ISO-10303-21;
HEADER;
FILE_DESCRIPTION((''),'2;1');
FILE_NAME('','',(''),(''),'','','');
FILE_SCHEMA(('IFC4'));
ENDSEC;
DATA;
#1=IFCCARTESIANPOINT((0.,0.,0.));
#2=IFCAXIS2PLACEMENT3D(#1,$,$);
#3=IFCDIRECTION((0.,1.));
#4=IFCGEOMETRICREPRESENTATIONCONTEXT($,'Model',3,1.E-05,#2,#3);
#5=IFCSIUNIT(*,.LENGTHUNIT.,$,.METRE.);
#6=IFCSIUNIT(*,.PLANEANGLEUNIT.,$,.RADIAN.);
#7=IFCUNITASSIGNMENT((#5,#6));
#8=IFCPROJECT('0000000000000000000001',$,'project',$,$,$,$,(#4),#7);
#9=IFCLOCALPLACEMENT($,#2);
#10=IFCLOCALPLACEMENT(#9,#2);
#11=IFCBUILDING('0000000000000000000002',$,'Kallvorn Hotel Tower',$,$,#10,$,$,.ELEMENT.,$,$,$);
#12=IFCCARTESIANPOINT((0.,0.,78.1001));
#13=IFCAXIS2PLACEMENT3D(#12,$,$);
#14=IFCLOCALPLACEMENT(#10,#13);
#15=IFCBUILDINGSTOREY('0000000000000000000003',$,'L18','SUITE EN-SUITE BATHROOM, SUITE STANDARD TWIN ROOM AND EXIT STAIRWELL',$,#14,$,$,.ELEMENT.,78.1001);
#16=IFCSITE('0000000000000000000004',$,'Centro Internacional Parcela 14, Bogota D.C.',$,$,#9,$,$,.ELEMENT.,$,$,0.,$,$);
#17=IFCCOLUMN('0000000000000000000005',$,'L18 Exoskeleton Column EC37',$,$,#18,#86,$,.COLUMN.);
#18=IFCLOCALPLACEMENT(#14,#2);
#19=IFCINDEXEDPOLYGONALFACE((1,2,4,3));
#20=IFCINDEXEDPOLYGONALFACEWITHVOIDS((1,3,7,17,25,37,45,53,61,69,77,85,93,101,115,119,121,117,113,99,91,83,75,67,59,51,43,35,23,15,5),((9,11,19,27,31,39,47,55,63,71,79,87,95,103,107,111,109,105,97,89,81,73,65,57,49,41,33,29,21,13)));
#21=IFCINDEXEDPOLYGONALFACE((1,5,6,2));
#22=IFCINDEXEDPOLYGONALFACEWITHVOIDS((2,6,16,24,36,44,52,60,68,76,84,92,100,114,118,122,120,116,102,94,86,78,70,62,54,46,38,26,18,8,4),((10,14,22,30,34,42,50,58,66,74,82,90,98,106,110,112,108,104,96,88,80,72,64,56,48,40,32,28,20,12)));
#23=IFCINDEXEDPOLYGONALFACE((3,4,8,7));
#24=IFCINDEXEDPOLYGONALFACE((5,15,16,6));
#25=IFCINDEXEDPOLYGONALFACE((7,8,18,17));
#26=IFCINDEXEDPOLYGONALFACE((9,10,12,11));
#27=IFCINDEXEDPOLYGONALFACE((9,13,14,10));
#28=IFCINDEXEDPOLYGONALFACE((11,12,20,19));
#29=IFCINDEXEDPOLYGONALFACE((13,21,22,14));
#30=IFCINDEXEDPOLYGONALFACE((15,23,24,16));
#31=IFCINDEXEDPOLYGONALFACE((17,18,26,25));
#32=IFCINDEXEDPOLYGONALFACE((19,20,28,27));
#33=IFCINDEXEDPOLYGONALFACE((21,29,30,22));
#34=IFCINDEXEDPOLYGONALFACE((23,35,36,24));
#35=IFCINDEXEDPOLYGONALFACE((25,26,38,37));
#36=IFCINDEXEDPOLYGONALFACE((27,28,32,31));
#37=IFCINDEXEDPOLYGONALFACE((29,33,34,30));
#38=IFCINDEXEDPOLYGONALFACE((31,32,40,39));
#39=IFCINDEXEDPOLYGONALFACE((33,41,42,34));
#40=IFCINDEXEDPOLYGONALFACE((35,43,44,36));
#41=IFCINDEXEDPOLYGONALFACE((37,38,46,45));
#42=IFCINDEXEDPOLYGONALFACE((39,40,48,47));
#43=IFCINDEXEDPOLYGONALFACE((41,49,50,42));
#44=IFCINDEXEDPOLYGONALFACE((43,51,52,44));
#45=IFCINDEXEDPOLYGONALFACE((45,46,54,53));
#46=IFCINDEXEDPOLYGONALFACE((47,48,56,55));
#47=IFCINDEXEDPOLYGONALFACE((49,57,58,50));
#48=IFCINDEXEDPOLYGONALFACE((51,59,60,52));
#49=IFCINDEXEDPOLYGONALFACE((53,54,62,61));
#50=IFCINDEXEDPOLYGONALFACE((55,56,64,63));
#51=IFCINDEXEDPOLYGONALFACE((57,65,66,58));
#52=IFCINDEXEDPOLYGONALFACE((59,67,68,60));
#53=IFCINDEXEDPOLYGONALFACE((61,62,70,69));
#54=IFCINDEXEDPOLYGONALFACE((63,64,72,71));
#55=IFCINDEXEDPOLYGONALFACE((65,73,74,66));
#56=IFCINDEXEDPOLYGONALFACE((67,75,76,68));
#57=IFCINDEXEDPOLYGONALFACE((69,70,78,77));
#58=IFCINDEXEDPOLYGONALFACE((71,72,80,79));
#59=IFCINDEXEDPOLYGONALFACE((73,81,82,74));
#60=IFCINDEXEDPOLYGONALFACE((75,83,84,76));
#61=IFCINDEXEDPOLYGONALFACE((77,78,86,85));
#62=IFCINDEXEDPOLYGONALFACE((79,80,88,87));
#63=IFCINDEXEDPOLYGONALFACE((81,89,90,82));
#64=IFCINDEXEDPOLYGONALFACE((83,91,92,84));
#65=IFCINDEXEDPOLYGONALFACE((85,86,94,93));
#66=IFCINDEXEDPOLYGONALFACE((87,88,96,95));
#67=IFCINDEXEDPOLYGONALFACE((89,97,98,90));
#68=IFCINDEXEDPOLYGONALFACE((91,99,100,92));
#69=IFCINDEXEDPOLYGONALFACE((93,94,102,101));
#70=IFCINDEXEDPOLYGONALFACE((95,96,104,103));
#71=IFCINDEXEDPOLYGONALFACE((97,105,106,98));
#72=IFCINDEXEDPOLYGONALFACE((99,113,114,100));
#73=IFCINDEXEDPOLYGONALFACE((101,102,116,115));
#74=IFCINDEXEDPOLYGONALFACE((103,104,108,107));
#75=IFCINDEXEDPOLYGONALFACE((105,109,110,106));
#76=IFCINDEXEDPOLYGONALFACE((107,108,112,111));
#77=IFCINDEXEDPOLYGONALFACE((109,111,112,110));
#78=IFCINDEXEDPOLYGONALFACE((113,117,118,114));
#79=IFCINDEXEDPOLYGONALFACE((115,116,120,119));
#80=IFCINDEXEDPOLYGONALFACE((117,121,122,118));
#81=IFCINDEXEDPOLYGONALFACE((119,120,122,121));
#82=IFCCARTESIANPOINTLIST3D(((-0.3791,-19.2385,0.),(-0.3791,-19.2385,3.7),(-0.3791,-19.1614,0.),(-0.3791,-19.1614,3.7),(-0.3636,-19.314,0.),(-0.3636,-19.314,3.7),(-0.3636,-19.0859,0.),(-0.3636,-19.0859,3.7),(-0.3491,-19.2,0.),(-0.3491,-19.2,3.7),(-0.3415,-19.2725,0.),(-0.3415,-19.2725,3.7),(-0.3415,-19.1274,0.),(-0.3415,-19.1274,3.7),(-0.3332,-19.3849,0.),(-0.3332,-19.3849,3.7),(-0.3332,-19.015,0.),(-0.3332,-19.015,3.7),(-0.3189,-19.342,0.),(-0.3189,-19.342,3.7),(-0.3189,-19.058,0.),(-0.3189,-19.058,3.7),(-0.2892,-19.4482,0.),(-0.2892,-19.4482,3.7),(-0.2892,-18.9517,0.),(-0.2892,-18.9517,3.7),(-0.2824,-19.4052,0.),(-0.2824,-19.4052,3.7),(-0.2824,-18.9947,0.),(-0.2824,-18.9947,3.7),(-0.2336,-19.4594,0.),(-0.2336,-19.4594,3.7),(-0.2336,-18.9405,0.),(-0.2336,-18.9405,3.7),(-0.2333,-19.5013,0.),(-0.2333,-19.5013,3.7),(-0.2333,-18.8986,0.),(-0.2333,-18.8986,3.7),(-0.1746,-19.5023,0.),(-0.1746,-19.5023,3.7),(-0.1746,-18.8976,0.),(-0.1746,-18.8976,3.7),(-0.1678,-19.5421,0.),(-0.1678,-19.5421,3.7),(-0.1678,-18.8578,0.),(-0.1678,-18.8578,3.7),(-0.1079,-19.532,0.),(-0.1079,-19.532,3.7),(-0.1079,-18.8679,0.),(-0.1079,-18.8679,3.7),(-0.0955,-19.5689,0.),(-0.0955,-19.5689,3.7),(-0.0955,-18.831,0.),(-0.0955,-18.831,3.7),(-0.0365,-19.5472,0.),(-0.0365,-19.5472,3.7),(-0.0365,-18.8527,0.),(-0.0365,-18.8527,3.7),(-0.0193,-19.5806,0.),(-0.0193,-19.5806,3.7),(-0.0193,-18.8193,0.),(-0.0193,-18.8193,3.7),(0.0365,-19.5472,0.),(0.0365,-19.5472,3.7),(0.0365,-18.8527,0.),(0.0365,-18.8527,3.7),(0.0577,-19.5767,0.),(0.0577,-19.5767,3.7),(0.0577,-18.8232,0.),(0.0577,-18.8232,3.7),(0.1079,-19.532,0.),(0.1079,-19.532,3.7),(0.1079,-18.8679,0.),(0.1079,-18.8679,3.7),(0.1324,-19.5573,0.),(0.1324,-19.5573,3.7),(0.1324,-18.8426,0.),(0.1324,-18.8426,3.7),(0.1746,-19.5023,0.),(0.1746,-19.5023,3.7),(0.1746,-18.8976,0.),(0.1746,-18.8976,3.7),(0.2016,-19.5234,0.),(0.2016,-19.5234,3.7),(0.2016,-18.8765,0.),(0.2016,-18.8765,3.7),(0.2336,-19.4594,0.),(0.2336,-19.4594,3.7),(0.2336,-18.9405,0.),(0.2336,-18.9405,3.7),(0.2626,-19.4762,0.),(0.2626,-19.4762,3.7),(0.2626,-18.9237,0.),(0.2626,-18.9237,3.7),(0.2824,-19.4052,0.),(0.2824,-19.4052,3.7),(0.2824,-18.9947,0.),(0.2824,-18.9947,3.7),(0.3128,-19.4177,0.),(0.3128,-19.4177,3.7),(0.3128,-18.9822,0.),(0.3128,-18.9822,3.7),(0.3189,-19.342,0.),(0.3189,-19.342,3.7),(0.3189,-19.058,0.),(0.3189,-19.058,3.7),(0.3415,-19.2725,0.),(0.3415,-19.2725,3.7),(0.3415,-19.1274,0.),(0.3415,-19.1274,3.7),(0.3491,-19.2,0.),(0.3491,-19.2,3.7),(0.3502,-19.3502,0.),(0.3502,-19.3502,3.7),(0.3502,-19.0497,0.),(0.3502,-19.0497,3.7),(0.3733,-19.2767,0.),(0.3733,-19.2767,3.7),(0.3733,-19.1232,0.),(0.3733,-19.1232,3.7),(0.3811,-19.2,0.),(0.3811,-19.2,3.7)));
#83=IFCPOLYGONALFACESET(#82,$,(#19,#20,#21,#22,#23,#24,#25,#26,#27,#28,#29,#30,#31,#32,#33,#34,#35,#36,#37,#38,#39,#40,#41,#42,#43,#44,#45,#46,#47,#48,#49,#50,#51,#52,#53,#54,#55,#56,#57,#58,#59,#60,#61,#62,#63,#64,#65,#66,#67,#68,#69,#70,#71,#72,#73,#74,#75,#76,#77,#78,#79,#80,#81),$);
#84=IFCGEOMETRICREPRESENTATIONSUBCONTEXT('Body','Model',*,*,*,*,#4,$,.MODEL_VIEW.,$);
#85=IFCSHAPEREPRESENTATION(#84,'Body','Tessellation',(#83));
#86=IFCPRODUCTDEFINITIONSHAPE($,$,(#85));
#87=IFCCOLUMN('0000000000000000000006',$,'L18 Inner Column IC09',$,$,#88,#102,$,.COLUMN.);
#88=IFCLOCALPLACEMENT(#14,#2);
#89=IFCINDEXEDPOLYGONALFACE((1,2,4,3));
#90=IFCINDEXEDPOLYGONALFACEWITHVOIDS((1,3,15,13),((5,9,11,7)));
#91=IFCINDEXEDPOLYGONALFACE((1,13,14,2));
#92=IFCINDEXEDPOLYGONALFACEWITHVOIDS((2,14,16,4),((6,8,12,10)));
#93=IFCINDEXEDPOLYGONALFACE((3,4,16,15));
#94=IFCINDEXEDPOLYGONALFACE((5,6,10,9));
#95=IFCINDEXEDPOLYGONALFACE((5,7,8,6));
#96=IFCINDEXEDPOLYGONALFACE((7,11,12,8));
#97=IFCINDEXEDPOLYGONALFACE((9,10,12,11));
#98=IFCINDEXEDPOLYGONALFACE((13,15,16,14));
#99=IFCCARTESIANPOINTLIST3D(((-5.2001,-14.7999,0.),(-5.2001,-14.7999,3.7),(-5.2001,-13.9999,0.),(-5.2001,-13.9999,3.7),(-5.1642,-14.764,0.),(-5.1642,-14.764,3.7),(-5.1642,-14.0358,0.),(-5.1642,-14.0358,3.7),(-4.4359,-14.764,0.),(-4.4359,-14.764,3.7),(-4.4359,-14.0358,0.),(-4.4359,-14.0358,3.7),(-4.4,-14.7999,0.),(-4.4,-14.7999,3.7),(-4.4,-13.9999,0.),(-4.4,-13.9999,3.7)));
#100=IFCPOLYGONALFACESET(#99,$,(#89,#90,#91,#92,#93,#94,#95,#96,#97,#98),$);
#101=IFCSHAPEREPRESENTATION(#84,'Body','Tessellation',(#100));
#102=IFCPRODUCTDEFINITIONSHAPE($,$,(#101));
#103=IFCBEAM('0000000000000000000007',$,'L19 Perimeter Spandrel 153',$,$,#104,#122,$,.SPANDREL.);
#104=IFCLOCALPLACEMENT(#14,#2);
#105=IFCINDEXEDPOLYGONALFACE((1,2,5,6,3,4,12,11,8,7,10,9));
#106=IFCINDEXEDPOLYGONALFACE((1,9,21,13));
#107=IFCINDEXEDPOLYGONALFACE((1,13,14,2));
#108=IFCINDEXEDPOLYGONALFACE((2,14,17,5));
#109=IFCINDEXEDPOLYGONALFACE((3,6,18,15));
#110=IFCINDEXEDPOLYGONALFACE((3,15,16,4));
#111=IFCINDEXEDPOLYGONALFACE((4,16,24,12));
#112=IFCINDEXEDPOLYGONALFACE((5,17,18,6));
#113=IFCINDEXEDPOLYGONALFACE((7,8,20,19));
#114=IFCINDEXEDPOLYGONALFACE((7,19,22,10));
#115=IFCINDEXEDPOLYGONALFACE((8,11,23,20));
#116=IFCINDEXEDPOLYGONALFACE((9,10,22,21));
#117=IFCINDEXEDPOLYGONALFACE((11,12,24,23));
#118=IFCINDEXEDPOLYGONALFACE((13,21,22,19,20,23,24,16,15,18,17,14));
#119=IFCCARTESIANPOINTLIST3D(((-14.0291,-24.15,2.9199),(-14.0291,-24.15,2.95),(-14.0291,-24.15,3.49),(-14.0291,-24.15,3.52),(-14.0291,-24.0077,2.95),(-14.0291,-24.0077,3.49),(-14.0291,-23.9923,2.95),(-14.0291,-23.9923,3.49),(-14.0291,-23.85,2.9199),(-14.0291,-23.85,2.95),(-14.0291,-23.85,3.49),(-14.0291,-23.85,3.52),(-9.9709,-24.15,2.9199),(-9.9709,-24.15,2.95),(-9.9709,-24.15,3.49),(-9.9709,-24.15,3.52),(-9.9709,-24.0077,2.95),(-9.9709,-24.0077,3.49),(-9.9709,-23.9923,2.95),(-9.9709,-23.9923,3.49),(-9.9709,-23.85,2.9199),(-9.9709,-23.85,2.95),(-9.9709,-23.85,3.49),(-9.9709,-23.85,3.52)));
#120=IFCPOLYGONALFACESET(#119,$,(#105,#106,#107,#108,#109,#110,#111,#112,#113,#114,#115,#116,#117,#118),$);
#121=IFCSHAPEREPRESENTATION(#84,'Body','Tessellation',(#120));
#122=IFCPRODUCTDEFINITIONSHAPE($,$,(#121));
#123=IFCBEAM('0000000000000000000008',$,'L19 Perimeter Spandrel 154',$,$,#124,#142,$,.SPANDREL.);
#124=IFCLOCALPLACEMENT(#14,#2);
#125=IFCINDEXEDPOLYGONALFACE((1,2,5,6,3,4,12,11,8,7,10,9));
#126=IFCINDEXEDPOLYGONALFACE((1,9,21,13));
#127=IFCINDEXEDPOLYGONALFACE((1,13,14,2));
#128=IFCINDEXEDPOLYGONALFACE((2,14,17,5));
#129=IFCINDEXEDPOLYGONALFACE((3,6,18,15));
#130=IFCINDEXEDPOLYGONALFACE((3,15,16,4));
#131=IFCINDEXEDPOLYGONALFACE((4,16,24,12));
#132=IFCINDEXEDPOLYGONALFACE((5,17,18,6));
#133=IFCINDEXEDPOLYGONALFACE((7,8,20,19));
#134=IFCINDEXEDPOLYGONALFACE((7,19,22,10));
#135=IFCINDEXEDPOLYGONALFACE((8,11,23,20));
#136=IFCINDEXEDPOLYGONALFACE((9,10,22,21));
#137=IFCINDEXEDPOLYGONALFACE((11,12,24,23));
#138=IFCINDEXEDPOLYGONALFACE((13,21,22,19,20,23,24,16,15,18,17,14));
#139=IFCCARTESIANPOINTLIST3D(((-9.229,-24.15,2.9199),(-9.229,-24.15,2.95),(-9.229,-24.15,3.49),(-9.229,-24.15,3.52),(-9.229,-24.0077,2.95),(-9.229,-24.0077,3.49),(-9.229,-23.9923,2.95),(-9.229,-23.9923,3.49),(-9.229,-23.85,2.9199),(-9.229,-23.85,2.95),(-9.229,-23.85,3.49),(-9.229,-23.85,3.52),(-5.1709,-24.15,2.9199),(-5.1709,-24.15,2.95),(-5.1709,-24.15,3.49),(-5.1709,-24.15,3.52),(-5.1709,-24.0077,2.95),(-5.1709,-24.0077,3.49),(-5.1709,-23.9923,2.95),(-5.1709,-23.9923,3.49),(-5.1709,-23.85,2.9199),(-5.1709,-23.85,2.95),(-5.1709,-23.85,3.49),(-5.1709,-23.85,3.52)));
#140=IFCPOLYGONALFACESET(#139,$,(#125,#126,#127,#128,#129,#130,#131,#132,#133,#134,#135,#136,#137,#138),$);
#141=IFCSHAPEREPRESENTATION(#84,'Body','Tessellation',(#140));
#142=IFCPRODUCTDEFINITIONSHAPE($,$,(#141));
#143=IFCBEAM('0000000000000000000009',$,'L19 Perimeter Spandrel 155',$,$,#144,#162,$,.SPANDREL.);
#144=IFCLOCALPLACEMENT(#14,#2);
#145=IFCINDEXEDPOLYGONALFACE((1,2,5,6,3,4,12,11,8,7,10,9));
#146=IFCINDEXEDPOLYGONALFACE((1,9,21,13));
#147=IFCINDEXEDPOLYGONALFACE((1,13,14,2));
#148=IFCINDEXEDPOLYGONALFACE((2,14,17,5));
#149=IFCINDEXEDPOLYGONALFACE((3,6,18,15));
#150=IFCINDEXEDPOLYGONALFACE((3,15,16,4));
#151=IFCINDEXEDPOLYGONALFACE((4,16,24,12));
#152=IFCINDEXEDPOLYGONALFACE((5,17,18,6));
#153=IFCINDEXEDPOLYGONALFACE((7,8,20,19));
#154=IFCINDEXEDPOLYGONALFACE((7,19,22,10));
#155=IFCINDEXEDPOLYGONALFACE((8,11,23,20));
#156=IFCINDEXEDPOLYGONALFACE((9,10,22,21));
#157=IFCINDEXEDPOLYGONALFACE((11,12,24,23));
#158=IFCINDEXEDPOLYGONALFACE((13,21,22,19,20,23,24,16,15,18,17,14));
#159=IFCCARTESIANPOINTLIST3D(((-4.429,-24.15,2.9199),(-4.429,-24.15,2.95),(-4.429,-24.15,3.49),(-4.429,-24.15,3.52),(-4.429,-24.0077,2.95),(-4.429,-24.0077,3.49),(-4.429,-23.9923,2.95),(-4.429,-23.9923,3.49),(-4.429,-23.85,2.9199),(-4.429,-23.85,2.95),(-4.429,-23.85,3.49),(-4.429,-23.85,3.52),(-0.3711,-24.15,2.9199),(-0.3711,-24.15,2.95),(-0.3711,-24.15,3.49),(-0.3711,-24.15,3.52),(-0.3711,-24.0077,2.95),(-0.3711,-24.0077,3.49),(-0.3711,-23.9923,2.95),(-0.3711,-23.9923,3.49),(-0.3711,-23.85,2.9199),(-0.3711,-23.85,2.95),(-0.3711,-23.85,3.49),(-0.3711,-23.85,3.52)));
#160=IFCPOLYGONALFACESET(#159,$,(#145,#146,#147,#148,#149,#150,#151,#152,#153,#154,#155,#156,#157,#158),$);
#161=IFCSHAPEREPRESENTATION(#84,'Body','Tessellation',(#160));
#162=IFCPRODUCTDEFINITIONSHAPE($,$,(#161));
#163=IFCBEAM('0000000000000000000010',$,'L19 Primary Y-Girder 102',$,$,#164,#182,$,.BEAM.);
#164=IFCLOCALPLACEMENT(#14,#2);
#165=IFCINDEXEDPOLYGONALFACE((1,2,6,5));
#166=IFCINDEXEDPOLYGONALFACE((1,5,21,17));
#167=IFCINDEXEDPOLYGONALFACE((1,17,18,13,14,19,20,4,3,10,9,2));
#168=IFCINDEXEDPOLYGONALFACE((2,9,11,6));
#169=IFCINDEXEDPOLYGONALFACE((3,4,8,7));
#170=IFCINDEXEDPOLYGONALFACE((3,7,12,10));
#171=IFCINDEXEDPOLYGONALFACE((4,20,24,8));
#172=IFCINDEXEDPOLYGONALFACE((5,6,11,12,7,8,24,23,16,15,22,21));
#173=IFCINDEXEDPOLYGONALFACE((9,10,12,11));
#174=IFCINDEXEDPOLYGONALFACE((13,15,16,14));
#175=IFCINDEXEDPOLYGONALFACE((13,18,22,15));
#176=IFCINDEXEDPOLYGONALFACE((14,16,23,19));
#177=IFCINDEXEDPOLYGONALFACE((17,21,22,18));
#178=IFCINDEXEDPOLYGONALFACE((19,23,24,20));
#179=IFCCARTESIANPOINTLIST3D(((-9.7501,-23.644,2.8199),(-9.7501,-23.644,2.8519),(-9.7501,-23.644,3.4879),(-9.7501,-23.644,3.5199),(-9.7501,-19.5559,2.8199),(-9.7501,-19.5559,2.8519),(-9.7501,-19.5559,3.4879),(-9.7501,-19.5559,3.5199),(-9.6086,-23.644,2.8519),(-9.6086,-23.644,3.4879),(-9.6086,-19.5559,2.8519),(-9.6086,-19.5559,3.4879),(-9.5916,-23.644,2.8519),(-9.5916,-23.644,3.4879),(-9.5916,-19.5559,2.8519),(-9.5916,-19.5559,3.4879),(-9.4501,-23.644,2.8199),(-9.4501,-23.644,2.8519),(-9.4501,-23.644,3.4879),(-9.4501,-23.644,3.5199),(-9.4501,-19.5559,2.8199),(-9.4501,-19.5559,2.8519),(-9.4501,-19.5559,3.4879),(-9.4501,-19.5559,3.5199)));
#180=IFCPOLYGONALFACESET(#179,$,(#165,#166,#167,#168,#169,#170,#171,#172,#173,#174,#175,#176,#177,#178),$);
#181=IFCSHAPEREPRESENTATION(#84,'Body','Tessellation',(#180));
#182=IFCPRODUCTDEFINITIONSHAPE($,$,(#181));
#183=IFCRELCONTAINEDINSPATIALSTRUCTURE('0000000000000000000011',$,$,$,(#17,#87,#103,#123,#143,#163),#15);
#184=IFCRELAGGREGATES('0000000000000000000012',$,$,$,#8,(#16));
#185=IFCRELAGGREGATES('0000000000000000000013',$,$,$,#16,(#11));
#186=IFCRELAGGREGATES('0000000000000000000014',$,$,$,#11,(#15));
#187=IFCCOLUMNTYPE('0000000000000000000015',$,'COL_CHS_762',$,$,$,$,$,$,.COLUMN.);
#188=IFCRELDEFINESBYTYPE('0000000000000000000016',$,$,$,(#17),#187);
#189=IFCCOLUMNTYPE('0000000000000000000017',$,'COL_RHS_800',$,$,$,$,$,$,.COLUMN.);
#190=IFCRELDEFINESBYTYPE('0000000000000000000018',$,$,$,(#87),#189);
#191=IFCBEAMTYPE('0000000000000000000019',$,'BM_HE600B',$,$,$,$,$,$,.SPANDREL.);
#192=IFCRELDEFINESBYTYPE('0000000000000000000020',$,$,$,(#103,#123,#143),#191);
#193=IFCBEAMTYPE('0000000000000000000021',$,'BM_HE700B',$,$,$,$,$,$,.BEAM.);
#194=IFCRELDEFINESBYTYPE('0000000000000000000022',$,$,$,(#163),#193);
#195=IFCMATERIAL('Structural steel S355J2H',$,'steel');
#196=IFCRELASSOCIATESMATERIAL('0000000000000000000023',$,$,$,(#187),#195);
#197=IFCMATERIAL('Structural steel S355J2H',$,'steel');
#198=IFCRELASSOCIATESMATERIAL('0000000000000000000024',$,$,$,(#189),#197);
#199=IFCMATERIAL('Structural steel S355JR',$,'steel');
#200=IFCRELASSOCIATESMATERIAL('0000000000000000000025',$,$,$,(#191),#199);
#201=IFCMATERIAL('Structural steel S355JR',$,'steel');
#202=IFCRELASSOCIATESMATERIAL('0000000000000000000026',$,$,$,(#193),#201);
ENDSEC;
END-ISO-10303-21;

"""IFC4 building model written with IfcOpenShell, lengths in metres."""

from ifc_helpers import new_model, si_unit, direction, frame, origin, origin_2d, place, context, subcontext, project, spatial, hollow_rectangle, hollow_circle, i_section, extrude, material, material_profile, profile_set, type_object, element, save


model = new_model("IFC4")

# Units and contexts
model_context = context("Model", 3, precision=1e-05, world=origin(), true_north=direction((0.0, 1.0)))
body_context = subcontext(model_context, "Body", "Model", "MODEL_VIEW")
ifc_project = project(units=[si_unit("LENGTHUNIT", "METRE"), si_unit("PLANEANGLEUNIT", "RADIAN")], contexts=[model_context])

# Site, building, storey
site_placement = place(None, origin())
site = spatial("IfcSite", under=ifc_project, at=site_placement, Name="Centro Internacional Parcela 14, Bogota D.C.", CompositionType="ELEMENT", RefElevation=0.0)
building_placement = place(site_placement, origin())
building = spatial("IfcBuilding", under=site, at=building_placement, Name="Kallvorn Hotel Tower", CompositionType="ELEMENT")
storey_placement = place(building_placement, frame((0.0, 0.0, 78.1001)))
storey = spatial("IfcBuildingStorey", under=building, at=storey_placement, Name="L18", Description="SUITE EN-SUITE BATHROOM, SUITE STANDARD TWIN ROOM AND EXIT STAIRWELL", CompositionType="ELEMENT", Elevation=78.1001)

# Columns
ifc_material_1 = material(Name="Structural steel S355J2H", Category="steel")
ifc_material_profile_1 = material_profile(ifc_material_1, hollow_circle(Radius=0.3811, WallThickness=0.032, at=origin_2d()), Name="CHS 762x32")
ifc_profile_set_1 = profile_set([ifc_material_profile_1], Name="Structural steel S355J2H")
column_type_1 = type_object("IfcColumnType", Name="COL_CHS_762", PredefinedType="COLUMN", material=ifc_profile_set_1)
for number, where, z_axis, x_axis, name in (
    (1, (0.0, -19.2, 0.0), (0.0, 0.0, 1.0), (1.0, 0.0, 0.0), "L18 Exoskeleton Column EC37"),
):
    element("IfcColumn", number, at=place(storey_placement, frame(where, z_axis=z_axis, x_axis=x_axis)), inside=storey, type_object=column_type_1, Name=name, PredefinedType="COLUMN", context=body_context, shape_type="SweptSolid", body=[
        extrude(hollow_circle(Radius=0.3811, WallThickness=0.032, at=origin_2d()), origin(), (0.0, 0.0, 1.0), 3.7),
    ])
ifc_material_2 = material(Name="Structural steel S355J2H", Category="steel")
ifc_material_profile_2 = material_profile(ifc_material_2, hollow_rectangle(XDim=0.8, YDim=0.8, WallThickness=0.0359, at=origin_2d()), Name="RHS 800x800x36")
ifc_profile_set_2 = profile_set([ifc_material_profile_2], Name="Structural steel S355J2H")
column_type_2 = type_object("IfcColumnType", Name="COL_RHS_800", PredefinedType="COLUMN", material=ifc_profile_set_2)
column_placement = place(storey_placement, frame((-4.8, -14.3999, 0.0), z_axis=(0.0, 0.0, 1.0), x_axis=(1.0, 0.0, 0.0)))
element("IfcColumn", 2, at=column_placement, inside=storey, type_object=column_type_2, Name="L18 Inner Column IC09", PredefinedType="COLUMN", context=body_context, shape_type="SweptSolid", body=[
    extrude(hollow_rectangle(XDim=0.8, YDim=0.8, WallThickness=0.0359, at=origin_2d()), origin(), (0.0, 0.0, 1.0), 3.7),
])

# Beams
ifc_material_3 = material(Name="Structural steel S355JR", Category="steel")
ifc_material_profile_3 = material_profile(ifc_material_3, i_section(OverallWidth=0.3, OverallDepth=0.6001, WebThickness=0.0154, FlangeThickness=0.03, at=origin_2d()), Name="HE 600 B")
ifc_profile_set_3 = profile_set([ifc_material_profile_3], Name="Structural steel S355JR")
beam_type_1 = type_object("IfcBeamType", Name="BM_HE600B", PredefinedType="SPANDREL", material=ifc_profile_set_3)
for number, where, z_axis, x_axis, name in (
    (3, (-14.0291, -24.0, 3.22), (1.0, 0.0, 0.0), (0.0, 1.0, 0.0), "L19 Perimeter Spandrel 153"),
    (4, (-9.229, -24.0, 3.22), (1.0, 0.0, 0.0), (0.0, 1.0, 0.0), "L19 Perimeter Spandrel 154"),
):
    element("IfcBeam", number, at=place(storey_placement, frame(where, z_axis=z_axis, x_axis=x_axis)), inside=storey, type_object=beam_type_1, Name=name, PredefinedType="SPANDREL", context=body_context, shape_type="SweptSolid", body=[
        extrude(i_section(OverallWidth=0.3, OverallDepth=0.6001, WebThickness=0.0154, FlangeThickness=0.03, at=origin_2d()), origin(), (0.0, 0.0, 1.0), 4.0581),
    ])
beam_1_placement = place(storey_placement, frame((-4.429, -24.0, 3.22), z_axis=(1.0, 0.0, 0.0), x_axis=(0.0, 1.0, 0.0)))
element("IfcBeam", 5, at=beam_1_placement, inside=storey, type_object=beam_type_1, Name="L19 Perimeter Spandrel 155", PredefinedType="SPANDREL", context=body_context, shape_type="SweptSolid", body=[
    extrude(i_section(OverallWidth=0.3, OverallDepth=0.6001, WebThickness=0.0154, FlangeThickness=0.03, at=origin_2d()), origin(), (0.0, 0.0, 1.0), 4.0579),
])
ifc_material_4 = material(Name="Structural steel S355JR", Category="steel")
ifc_material_profile_4 = material_profile(ifc_material_4, i_section(OverallWidth=0.3, OverallDepth=0.7, WebThickness=0.0171, FlangeThickness=0.032, at=origin_2d()), Name="HE 700 B")
ifc_profile_set_4 = profile_set([ifc_material_profile_4], Name="Structural steel S355JR")
beam_type_2 = type_object("IfcBeamType", Name="BM_HE700B", PredefinedType="BEAM", material=ifc_profile_set_4)
for number, where, z_axis, x_axis, name in (
    (6, (-9.6001, -23.644, 3.1699), (0.0, 1.0, 0.0), (-1.0, 0.0, 0.0), "L19 Primary Y-Girder 102"),
):
    element("IfcBeam", number, at=place(storey_placement, frame(where, z_axis=z_axis, x_axis=x_axis)), inside=storey, type_object=beam_type_2, Name=name, PredefinedType="BEAM", context=body_context, shape_type="SweptSolid", body=[
        extrude(i_section(OverallWidth=0.3, OverallDepth=0.7, WebThickness=0.0171, FlangeThickness=0.032, at=origin_2d()), origin(), (0.0, 0.0, 1.0), 4.0881),
    ])

save(model, "model.ifc")
